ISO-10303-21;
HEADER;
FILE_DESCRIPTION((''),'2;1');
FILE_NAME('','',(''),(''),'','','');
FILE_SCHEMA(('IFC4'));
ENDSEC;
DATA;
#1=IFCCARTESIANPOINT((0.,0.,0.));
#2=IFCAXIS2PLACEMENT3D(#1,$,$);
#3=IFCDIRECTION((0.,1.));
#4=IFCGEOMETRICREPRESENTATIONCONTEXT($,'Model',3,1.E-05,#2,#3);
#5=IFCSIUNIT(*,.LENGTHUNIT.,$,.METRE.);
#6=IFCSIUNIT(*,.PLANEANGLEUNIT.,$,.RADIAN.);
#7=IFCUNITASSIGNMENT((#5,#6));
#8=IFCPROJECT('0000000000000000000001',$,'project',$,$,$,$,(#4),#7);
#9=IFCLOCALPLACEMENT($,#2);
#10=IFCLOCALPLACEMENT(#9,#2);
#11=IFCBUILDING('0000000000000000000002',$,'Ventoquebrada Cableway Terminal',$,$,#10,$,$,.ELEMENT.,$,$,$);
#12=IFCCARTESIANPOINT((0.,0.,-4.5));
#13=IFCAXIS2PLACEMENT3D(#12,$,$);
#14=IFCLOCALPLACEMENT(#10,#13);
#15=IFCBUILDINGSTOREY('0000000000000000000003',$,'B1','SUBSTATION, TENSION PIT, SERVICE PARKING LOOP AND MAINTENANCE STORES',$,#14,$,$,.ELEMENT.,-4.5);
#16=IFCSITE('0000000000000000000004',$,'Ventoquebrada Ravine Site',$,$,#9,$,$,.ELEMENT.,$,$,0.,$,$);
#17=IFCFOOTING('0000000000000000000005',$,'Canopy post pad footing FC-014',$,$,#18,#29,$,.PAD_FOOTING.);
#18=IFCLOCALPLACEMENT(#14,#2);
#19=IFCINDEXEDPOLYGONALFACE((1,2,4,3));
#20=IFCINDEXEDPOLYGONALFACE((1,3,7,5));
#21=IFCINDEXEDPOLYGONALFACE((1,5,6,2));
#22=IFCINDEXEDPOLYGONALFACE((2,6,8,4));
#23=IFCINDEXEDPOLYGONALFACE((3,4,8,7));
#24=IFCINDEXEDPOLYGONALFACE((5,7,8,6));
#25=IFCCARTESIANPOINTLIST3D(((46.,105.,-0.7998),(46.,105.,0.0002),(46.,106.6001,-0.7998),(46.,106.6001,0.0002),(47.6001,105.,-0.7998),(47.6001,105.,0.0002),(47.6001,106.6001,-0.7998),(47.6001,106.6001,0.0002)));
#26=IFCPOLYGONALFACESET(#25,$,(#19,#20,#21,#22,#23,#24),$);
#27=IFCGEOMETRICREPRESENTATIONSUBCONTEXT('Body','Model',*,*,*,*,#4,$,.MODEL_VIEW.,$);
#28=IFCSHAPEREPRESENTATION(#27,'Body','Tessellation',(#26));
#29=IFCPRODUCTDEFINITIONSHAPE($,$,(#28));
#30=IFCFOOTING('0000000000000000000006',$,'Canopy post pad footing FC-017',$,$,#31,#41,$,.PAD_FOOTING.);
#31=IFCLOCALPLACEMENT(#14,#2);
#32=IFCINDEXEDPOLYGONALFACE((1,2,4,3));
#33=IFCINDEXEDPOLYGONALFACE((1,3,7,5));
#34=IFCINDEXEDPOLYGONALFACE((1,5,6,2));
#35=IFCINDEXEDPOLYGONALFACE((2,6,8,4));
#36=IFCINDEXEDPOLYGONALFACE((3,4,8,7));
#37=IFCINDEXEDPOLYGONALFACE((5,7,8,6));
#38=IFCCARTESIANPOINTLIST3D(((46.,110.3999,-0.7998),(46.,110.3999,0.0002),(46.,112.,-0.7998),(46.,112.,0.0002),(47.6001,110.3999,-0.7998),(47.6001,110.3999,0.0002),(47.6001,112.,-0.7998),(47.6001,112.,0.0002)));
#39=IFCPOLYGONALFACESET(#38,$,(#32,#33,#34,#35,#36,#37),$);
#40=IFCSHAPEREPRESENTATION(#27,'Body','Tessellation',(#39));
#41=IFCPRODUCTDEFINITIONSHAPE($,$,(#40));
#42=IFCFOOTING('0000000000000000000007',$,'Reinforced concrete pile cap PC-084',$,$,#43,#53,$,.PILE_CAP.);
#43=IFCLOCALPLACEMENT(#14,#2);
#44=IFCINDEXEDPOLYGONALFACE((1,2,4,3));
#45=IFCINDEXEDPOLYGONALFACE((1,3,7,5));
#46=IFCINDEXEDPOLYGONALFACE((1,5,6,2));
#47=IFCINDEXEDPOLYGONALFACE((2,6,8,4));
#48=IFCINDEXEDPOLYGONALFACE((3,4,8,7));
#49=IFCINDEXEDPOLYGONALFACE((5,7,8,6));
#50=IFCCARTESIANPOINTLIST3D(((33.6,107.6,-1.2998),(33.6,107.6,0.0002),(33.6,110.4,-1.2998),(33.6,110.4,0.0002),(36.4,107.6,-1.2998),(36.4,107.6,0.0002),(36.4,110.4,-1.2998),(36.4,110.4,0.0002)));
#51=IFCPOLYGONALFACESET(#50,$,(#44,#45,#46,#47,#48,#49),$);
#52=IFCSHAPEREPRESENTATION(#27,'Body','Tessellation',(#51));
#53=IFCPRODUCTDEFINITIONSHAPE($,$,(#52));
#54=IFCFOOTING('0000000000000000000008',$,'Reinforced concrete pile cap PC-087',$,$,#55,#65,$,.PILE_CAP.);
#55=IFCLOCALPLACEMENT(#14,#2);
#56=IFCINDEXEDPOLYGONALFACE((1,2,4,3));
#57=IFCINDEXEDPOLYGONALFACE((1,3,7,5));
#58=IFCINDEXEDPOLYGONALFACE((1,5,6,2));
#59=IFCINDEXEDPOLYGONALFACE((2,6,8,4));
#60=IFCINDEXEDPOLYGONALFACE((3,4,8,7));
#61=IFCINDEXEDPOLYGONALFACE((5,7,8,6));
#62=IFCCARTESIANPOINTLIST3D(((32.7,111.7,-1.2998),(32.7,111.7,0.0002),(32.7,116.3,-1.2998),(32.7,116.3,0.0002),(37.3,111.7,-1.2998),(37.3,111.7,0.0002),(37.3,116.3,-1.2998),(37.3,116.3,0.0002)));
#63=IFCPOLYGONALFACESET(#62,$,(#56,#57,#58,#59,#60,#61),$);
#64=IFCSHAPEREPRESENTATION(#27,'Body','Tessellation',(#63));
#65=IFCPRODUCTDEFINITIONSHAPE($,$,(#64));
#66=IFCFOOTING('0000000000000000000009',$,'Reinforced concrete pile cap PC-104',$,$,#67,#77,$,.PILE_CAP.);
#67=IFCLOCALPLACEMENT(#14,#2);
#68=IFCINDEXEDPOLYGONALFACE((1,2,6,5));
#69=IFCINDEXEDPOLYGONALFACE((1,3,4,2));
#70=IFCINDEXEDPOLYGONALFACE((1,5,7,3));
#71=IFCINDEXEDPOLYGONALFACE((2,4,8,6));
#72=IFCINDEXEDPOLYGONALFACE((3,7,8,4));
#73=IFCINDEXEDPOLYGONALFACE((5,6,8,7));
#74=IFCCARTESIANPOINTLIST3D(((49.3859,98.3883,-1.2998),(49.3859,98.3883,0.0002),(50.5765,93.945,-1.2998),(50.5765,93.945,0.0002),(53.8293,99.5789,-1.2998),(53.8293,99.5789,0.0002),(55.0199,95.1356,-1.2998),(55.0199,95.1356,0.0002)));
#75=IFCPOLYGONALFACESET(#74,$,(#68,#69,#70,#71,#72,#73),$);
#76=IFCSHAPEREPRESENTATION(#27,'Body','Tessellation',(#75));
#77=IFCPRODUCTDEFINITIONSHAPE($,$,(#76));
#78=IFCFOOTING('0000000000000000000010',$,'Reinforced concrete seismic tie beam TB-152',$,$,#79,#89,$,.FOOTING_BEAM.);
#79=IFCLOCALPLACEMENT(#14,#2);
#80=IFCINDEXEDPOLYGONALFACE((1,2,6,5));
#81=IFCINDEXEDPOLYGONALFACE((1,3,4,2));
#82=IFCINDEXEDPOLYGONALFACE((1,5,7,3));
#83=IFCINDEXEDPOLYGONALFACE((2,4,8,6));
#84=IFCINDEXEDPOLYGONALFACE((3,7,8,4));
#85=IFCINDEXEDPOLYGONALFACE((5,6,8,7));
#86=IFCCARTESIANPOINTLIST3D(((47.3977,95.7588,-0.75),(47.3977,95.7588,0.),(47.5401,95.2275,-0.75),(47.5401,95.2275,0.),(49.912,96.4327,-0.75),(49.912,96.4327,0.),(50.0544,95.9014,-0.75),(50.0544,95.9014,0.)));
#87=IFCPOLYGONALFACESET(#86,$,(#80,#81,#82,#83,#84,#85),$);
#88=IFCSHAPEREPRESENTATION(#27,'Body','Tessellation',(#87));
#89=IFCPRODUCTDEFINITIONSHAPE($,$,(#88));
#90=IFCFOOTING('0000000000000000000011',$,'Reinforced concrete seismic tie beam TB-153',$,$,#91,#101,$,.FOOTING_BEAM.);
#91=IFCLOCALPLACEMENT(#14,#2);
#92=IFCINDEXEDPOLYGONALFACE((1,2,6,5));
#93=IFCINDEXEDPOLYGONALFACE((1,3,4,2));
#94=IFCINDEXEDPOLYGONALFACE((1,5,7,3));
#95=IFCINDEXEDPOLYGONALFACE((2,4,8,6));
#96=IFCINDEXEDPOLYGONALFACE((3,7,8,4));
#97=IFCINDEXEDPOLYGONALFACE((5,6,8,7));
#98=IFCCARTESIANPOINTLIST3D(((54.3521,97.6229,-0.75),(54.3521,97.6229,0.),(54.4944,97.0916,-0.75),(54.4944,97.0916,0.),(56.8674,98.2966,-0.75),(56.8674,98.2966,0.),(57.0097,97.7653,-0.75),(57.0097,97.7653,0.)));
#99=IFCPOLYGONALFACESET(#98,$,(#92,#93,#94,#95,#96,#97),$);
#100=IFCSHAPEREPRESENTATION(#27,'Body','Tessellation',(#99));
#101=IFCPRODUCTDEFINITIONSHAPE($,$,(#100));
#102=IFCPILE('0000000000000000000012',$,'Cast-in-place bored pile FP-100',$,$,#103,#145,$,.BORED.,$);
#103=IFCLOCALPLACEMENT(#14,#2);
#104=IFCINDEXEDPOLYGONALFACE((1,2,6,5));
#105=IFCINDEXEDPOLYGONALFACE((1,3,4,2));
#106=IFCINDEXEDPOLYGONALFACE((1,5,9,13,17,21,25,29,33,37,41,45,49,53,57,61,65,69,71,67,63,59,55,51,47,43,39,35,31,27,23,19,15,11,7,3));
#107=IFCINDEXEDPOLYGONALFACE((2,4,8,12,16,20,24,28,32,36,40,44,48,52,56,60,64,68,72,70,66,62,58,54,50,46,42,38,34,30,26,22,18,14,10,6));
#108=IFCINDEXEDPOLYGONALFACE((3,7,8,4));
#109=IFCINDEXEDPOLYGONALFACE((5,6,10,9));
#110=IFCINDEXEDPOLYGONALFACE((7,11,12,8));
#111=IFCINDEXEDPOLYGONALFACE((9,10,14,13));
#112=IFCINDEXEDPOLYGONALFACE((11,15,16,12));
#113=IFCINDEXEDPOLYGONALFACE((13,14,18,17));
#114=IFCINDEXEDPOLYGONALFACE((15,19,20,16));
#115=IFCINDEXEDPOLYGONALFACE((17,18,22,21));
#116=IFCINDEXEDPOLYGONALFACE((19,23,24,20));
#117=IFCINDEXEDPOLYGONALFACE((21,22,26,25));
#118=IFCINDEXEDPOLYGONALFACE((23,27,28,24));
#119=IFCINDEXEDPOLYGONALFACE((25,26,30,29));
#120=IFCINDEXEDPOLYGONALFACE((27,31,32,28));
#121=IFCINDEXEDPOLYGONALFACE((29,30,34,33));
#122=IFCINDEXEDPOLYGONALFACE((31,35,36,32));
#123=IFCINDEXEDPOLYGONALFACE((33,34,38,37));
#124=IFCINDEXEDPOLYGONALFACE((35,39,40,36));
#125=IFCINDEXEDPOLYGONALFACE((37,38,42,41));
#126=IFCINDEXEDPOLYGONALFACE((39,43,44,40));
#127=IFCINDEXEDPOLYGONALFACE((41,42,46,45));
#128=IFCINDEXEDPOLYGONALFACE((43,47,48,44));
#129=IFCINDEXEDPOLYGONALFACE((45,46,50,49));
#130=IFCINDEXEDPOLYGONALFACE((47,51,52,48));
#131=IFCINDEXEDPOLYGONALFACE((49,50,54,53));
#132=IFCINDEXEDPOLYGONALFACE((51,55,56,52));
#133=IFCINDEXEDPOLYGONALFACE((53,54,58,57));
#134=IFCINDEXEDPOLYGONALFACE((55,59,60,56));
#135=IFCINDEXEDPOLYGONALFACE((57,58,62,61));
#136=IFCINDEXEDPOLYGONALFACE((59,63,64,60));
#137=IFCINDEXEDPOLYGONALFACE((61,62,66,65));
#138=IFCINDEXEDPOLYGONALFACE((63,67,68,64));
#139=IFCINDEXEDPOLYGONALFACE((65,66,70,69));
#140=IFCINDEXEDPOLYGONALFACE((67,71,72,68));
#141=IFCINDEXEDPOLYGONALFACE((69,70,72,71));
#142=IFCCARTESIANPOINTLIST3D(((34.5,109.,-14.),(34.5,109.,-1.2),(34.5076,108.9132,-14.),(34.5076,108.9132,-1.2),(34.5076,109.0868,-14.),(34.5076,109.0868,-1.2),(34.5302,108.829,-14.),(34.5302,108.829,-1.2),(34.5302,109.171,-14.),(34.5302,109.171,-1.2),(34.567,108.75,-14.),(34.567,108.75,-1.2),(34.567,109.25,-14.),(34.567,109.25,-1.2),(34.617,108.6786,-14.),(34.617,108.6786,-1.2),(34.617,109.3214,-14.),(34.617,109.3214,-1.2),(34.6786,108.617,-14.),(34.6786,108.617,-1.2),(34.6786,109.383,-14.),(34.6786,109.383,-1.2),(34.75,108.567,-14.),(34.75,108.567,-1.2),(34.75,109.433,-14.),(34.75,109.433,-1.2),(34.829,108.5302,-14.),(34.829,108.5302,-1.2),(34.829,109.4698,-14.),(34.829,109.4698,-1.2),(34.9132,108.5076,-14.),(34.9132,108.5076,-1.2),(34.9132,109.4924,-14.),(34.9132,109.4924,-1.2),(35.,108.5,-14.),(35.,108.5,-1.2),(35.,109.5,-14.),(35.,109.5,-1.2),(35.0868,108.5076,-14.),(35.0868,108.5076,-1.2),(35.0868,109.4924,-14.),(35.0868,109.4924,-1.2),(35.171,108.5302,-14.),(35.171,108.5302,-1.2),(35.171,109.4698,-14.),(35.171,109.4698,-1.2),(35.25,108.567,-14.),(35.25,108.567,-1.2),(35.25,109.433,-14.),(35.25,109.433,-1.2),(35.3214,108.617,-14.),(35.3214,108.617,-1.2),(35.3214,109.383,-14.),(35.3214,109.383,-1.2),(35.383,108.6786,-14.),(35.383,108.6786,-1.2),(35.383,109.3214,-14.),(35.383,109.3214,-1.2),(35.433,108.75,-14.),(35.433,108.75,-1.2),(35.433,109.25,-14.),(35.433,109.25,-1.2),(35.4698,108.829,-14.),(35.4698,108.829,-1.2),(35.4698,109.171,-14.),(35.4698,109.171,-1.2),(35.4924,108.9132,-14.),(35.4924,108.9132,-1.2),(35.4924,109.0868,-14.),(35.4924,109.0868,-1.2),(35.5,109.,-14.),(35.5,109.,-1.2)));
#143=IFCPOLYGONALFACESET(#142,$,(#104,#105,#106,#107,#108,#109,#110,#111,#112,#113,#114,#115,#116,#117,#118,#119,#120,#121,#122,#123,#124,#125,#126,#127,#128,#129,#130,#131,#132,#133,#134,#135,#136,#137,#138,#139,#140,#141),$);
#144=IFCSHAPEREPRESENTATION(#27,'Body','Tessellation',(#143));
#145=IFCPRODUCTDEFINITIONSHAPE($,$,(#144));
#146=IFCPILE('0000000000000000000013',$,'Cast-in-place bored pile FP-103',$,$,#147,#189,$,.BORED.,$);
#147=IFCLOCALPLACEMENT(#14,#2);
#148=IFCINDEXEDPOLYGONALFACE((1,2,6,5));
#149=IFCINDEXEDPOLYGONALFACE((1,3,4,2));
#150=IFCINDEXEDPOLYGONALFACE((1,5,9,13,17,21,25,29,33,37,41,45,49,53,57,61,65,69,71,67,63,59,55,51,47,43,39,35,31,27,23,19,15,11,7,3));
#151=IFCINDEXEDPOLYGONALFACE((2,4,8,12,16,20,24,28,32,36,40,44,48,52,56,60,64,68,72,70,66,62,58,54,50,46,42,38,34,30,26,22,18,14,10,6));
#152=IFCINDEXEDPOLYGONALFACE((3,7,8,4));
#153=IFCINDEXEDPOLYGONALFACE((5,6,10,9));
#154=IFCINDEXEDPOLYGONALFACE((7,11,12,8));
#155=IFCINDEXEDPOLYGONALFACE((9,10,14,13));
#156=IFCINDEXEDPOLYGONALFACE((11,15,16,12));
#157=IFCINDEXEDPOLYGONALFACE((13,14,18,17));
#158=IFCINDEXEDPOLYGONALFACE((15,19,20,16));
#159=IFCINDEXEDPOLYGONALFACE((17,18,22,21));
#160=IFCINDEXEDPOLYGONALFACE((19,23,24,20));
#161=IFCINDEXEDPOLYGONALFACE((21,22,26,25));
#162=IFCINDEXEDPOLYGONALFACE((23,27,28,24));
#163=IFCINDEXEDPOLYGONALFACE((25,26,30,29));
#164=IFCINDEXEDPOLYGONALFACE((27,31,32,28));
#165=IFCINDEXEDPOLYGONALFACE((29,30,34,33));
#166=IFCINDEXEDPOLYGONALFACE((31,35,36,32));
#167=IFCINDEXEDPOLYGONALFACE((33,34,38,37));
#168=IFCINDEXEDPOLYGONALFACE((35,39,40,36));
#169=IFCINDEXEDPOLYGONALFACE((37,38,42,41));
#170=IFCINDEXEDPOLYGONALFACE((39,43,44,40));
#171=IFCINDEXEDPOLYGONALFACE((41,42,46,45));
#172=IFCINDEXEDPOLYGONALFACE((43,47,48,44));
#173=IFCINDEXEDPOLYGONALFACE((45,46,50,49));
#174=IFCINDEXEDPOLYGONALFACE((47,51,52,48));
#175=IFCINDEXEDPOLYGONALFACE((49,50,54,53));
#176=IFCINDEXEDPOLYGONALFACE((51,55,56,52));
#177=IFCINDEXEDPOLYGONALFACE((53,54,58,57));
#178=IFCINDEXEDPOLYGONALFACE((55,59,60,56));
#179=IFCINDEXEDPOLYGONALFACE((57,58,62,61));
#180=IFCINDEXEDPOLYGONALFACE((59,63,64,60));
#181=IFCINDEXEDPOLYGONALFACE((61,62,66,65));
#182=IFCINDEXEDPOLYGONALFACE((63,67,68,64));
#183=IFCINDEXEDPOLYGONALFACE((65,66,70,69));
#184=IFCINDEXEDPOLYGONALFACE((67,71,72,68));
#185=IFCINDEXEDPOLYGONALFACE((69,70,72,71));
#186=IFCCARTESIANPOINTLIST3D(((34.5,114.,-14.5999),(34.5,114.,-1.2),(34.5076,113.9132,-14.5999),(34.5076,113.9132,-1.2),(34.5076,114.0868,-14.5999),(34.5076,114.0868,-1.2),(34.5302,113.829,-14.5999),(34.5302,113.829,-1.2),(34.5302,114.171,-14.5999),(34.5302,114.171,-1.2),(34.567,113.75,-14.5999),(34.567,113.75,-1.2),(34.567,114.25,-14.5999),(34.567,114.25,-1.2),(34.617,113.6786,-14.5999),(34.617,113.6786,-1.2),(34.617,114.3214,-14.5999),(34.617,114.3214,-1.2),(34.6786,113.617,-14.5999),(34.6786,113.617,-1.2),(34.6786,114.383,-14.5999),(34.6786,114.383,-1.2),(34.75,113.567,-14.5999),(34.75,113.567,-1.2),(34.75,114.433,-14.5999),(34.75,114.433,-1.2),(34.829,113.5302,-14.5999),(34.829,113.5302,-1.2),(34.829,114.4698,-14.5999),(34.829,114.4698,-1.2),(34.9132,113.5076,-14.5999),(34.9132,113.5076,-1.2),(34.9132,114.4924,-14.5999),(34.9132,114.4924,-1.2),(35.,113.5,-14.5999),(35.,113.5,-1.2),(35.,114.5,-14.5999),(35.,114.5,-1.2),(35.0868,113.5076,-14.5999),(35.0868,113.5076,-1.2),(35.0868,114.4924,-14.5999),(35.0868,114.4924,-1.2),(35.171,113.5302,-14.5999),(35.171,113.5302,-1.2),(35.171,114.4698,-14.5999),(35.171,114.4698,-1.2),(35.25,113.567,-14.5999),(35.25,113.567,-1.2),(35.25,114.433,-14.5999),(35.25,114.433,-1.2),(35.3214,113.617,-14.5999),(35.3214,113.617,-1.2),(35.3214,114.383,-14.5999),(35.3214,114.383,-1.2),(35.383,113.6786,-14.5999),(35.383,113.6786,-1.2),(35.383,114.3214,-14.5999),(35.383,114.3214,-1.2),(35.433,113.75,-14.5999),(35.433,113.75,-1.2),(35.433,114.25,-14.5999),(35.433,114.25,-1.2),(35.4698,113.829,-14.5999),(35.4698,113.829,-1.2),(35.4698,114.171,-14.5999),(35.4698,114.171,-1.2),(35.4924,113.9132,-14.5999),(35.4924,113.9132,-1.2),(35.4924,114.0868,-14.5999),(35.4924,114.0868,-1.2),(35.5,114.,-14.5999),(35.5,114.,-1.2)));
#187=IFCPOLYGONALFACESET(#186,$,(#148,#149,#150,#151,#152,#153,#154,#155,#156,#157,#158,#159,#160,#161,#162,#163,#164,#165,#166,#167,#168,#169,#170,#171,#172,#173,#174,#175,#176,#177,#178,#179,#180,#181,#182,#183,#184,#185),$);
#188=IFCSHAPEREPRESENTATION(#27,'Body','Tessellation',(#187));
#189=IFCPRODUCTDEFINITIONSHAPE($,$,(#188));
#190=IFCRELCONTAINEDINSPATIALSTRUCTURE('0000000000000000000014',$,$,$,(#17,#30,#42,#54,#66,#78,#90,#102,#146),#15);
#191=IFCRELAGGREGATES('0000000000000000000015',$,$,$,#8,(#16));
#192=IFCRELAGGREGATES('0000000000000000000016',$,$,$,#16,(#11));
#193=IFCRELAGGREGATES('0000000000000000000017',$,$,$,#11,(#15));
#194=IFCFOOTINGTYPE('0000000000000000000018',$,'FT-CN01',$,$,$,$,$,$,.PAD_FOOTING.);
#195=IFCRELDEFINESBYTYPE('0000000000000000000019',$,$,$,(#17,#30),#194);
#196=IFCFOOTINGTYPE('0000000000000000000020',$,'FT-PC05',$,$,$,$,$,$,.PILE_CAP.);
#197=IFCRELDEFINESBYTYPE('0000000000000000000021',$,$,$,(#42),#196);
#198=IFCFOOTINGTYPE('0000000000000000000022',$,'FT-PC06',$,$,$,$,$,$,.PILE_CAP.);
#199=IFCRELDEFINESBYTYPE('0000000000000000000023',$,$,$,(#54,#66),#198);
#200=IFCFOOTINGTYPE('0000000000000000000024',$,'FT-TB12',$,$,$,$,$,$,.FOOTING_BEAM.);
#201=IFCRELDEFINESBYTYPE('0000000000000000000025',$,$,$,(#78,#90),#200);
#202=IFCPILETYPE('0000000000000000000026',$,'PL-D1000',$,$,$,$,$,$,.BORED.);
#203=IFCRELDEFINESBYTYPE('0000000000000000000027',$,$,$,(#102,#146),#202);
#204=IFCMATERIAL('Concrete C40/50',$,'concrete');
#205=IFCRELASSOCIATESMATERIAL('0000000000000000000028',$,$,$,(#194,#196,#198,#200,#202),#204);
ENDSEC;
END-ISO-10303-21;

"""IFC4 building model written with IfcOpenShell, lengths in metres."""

from ifc_helpers import new_model, si_unit, direction, frame, origin, origin_2d, place, context, subcontext, project, spatial, rectangle, circle, extrude, material, material_profile, profile_set, type_object, element, save


model = new_model("IFC4")

# Units and contexts
model_context = context("Model", 3, precision=1e-05, world=origin(), true_north=direction((0.0, 1.0)))
body_context = subcontext(model_context, "Body", "Model", "MODEL_VIEW")
ifc_project = project(units=[si_unit("LENGTHUNIT", "METRE"), si_unit("PLANEANGLEUNIT", "RADIAN")], contexts=[model_context])

# Site, building, storey
site_placement = place(None, origin())
site = spatial("IfcSite", under=ifc_project, at=site_placement, Name="Ventoquebrada Ravine Site", CompositionType="ELEMENT", RefElevation=0.0)
building_placement = place(site_placement, origin())
building = spatial("IfcBuilding", under=site, at=building_placement, Name="Ventoquebrada Cableway Terminal", CompositionType="ELEMENT")
storey_placement = place(building_placement, frame((0.0, 0.0, -4.5)))
storey = spatial("IfcBuildingStorey", under=building, at=storey_placement, Name="B1", Description="SUBSTATION, TENSION PIT, SERVICE PARKING LOOP AND MAINTENANCE STORES", CompositionType="ELEMENT", Elevation=-4.5)

# Footings
ifc_material_1 = material(Name="Concrete C40/50", Category="concrete")
footing_type_1 = type_object("IfcFootingType", Name="FT-CN01", PredefinedType="PAD_FOOTING", material=ifc_material_1)
for number, where, z_axis, x_axis, name in (
    (1, (46.8, 105.8, -0.7998), (0.0, 0.0, 1.0), (1.0, 0.0, 0.0), "Canopy post pad footing FC-014"),
    (2, (46.8, 111.2, -0.7998), (0.0, 0.0, 1.0), (1.0, 0.0, 0.0), "Canopy post pad footing FC-017"),
):
    element("IfcFooting", number, at=place(storey_placement, frame(where, z_axis=z_axis, x_axis=x_axis)), inside=storey, type_object=footing_type_1, Name=name, PredefinedType="PAD_FOOTING", context=body_context, shape_type="SweptSolid", body=[
        extrude(rectangle(XDim=1.6001, YDim=1.6001, at=origin_2d()), origin(), (0.0, 0.0, 1.0), 0.8),
    ])
footing_type_2 = type_object("IfcFootingType", Name="FT-PC05", PredefinedType="PILE_CAP", material=ifc_material_1)
footing_1_placement = place(storey_placement, frame((35.0, 109.0, -1.2998), z_axis=(0.0, 0.0, 1.0), x_axis=(1.0, 0.0, 0.0)))
element("IfcFooting", 3, at=footing_1_placement, inside=storey, type_object=footing_type_2, Name="Reinforced concrete pile cap PC-084", PredefinedType="PILE_CAP", context=body_context, shape_type="SweptSolid", body=[
    extrude(rectangle(XDim=2.8, YDim=2.8, at=origin_2d()), origin(), (0.0, 0.0, 1.0), 1.3),
])
footing_type_3 = type_object("IfcFootingType", Name="FT-PC06", PredefinedType="PILE_CAP", material=ifc_material_1)
for number, where, z_axis, x_axis, name in (
    (4, (35.0, 114.0, -1.2998), (0.0, 0.0, 1.0), (1.0, 0.0, 0.0), "Reinforced concrete pile cap PC-087"),
    (5, (52.2029, 96.762, -1.2998), (0.0, 0.0, 1.0), (0.965926, 0.258819, 0.0), "Reinforced concrete pile cap PC-104"),
):
    element("IfcFooting", number, at=place(storey_placement, frame(where, z_axis=z_axis, x_axis=x_axis)), inside=storey, type_object=footing_type_3, Name=name, PredefinedType="PILE_CAP", context=body_context, shape_type="SweptSolid", body=[
        extrude(rectangle(XDim=4.6001, YDim=4.6001, at=origin_2d()), origin(), (0.0, 0.0, 1.0), 1.3),
    ])
footing_type_4 = type_object("IfcFootingType", Name="FT-TB12", PredefinedType="FOOTING_BEAM", material=ifc_material_1)
footing_2_placement = place(storey_placement, frame((48.7261, 95.8301, -0.75), z_axis=(0.0, 0.0, 1.0), x_axis=(0.965903, 0.258903, 0.0)))
element("IfcFooting", 6, at=footing_2_placement, inside=storey, type_object=footing_type_4, Name="Reinforced concrete seismic tie beam TB-152", PredefinedType="FOOTING_BEAM", context=body_context, shape_type="SweptSolid", body=[
    extrude(rectangle(XDim=2.603, YDim=0.55, at=origin_2d()), origin(), (0.0, 0.0, 1.0), 0.75),
])
footing_3_placement = place(storey_placement, frame((55.6809, 97.6941, -0.75), z_axis=(0.0, 0.0, 1.0), x_axis=(0.965948, 0.258735, 0.0)))
element("IfcFooting", 7, at=footing_3_placement, inside=storey, type_object=footing_type_4, Name="Reinforced concrete seismic tie beam TB-153", PredefinedType="FOOTING_BEAM", context=body_context, shape_type="SweptSolid", body=[
    extrude(rectangle(XDim=2.604, YDim=0.55, at=origin_2d()), origin(), (0.0, 0.0, 1.0), 0.75),
])

# Piles
ifc_material_profile_1 = material_profile(ifc_material_1, circle(Radius=0.5, at=origin_2d()), Name="PILE-D1000")
ifc_profile_set_1 = profile_set([ifc_material_profile_1], Name="Concrete C40/50")
pile_type = type_object("IfcPileType", Name="PL-D1000", PredefinedType="BORED", material=ifc_profile_set_1)
pile_1_placement = place(storey_placement, frame((35.0, 109.0, -1.2), z_axis=(0.0, 0.0, -1.0), x_axis=(1.0, 0.0, 0.0)))
element("IfcPile", 8, at=pile_1_placement, inside=storey, type_object=pile_type, Name="Cast-in-place bored pile FP-100", PredefinedType="BORED", context=body_context, shape_type="SweptSolid", body=[
    extrude(circle(Radius=0.5, at=origin_2d()), origin(), (0.0, 0.0, 1.0), 12.8),
])
pile_2_placement = place(storey_placement, frame((35.0, 114.0, -1.2), z_axis=(0.0, 0.0, -1.0), x_axis=(1.0, 0.0, 0.0)))
element("IfcPile", 9, at=pile_2_placement, inside=storey, type_object=pile_type, Name="Cast-in-place bored pile FP-103", PredefinedType="BORED", context=body_context, shape_type="SweptSolid", body=[
    extrude(circle(Radius=0.5, at=origin_2d()), origin(), (0.0, 0.0, 1.0), 13.3999),
])

save(model, "model.ifc")
